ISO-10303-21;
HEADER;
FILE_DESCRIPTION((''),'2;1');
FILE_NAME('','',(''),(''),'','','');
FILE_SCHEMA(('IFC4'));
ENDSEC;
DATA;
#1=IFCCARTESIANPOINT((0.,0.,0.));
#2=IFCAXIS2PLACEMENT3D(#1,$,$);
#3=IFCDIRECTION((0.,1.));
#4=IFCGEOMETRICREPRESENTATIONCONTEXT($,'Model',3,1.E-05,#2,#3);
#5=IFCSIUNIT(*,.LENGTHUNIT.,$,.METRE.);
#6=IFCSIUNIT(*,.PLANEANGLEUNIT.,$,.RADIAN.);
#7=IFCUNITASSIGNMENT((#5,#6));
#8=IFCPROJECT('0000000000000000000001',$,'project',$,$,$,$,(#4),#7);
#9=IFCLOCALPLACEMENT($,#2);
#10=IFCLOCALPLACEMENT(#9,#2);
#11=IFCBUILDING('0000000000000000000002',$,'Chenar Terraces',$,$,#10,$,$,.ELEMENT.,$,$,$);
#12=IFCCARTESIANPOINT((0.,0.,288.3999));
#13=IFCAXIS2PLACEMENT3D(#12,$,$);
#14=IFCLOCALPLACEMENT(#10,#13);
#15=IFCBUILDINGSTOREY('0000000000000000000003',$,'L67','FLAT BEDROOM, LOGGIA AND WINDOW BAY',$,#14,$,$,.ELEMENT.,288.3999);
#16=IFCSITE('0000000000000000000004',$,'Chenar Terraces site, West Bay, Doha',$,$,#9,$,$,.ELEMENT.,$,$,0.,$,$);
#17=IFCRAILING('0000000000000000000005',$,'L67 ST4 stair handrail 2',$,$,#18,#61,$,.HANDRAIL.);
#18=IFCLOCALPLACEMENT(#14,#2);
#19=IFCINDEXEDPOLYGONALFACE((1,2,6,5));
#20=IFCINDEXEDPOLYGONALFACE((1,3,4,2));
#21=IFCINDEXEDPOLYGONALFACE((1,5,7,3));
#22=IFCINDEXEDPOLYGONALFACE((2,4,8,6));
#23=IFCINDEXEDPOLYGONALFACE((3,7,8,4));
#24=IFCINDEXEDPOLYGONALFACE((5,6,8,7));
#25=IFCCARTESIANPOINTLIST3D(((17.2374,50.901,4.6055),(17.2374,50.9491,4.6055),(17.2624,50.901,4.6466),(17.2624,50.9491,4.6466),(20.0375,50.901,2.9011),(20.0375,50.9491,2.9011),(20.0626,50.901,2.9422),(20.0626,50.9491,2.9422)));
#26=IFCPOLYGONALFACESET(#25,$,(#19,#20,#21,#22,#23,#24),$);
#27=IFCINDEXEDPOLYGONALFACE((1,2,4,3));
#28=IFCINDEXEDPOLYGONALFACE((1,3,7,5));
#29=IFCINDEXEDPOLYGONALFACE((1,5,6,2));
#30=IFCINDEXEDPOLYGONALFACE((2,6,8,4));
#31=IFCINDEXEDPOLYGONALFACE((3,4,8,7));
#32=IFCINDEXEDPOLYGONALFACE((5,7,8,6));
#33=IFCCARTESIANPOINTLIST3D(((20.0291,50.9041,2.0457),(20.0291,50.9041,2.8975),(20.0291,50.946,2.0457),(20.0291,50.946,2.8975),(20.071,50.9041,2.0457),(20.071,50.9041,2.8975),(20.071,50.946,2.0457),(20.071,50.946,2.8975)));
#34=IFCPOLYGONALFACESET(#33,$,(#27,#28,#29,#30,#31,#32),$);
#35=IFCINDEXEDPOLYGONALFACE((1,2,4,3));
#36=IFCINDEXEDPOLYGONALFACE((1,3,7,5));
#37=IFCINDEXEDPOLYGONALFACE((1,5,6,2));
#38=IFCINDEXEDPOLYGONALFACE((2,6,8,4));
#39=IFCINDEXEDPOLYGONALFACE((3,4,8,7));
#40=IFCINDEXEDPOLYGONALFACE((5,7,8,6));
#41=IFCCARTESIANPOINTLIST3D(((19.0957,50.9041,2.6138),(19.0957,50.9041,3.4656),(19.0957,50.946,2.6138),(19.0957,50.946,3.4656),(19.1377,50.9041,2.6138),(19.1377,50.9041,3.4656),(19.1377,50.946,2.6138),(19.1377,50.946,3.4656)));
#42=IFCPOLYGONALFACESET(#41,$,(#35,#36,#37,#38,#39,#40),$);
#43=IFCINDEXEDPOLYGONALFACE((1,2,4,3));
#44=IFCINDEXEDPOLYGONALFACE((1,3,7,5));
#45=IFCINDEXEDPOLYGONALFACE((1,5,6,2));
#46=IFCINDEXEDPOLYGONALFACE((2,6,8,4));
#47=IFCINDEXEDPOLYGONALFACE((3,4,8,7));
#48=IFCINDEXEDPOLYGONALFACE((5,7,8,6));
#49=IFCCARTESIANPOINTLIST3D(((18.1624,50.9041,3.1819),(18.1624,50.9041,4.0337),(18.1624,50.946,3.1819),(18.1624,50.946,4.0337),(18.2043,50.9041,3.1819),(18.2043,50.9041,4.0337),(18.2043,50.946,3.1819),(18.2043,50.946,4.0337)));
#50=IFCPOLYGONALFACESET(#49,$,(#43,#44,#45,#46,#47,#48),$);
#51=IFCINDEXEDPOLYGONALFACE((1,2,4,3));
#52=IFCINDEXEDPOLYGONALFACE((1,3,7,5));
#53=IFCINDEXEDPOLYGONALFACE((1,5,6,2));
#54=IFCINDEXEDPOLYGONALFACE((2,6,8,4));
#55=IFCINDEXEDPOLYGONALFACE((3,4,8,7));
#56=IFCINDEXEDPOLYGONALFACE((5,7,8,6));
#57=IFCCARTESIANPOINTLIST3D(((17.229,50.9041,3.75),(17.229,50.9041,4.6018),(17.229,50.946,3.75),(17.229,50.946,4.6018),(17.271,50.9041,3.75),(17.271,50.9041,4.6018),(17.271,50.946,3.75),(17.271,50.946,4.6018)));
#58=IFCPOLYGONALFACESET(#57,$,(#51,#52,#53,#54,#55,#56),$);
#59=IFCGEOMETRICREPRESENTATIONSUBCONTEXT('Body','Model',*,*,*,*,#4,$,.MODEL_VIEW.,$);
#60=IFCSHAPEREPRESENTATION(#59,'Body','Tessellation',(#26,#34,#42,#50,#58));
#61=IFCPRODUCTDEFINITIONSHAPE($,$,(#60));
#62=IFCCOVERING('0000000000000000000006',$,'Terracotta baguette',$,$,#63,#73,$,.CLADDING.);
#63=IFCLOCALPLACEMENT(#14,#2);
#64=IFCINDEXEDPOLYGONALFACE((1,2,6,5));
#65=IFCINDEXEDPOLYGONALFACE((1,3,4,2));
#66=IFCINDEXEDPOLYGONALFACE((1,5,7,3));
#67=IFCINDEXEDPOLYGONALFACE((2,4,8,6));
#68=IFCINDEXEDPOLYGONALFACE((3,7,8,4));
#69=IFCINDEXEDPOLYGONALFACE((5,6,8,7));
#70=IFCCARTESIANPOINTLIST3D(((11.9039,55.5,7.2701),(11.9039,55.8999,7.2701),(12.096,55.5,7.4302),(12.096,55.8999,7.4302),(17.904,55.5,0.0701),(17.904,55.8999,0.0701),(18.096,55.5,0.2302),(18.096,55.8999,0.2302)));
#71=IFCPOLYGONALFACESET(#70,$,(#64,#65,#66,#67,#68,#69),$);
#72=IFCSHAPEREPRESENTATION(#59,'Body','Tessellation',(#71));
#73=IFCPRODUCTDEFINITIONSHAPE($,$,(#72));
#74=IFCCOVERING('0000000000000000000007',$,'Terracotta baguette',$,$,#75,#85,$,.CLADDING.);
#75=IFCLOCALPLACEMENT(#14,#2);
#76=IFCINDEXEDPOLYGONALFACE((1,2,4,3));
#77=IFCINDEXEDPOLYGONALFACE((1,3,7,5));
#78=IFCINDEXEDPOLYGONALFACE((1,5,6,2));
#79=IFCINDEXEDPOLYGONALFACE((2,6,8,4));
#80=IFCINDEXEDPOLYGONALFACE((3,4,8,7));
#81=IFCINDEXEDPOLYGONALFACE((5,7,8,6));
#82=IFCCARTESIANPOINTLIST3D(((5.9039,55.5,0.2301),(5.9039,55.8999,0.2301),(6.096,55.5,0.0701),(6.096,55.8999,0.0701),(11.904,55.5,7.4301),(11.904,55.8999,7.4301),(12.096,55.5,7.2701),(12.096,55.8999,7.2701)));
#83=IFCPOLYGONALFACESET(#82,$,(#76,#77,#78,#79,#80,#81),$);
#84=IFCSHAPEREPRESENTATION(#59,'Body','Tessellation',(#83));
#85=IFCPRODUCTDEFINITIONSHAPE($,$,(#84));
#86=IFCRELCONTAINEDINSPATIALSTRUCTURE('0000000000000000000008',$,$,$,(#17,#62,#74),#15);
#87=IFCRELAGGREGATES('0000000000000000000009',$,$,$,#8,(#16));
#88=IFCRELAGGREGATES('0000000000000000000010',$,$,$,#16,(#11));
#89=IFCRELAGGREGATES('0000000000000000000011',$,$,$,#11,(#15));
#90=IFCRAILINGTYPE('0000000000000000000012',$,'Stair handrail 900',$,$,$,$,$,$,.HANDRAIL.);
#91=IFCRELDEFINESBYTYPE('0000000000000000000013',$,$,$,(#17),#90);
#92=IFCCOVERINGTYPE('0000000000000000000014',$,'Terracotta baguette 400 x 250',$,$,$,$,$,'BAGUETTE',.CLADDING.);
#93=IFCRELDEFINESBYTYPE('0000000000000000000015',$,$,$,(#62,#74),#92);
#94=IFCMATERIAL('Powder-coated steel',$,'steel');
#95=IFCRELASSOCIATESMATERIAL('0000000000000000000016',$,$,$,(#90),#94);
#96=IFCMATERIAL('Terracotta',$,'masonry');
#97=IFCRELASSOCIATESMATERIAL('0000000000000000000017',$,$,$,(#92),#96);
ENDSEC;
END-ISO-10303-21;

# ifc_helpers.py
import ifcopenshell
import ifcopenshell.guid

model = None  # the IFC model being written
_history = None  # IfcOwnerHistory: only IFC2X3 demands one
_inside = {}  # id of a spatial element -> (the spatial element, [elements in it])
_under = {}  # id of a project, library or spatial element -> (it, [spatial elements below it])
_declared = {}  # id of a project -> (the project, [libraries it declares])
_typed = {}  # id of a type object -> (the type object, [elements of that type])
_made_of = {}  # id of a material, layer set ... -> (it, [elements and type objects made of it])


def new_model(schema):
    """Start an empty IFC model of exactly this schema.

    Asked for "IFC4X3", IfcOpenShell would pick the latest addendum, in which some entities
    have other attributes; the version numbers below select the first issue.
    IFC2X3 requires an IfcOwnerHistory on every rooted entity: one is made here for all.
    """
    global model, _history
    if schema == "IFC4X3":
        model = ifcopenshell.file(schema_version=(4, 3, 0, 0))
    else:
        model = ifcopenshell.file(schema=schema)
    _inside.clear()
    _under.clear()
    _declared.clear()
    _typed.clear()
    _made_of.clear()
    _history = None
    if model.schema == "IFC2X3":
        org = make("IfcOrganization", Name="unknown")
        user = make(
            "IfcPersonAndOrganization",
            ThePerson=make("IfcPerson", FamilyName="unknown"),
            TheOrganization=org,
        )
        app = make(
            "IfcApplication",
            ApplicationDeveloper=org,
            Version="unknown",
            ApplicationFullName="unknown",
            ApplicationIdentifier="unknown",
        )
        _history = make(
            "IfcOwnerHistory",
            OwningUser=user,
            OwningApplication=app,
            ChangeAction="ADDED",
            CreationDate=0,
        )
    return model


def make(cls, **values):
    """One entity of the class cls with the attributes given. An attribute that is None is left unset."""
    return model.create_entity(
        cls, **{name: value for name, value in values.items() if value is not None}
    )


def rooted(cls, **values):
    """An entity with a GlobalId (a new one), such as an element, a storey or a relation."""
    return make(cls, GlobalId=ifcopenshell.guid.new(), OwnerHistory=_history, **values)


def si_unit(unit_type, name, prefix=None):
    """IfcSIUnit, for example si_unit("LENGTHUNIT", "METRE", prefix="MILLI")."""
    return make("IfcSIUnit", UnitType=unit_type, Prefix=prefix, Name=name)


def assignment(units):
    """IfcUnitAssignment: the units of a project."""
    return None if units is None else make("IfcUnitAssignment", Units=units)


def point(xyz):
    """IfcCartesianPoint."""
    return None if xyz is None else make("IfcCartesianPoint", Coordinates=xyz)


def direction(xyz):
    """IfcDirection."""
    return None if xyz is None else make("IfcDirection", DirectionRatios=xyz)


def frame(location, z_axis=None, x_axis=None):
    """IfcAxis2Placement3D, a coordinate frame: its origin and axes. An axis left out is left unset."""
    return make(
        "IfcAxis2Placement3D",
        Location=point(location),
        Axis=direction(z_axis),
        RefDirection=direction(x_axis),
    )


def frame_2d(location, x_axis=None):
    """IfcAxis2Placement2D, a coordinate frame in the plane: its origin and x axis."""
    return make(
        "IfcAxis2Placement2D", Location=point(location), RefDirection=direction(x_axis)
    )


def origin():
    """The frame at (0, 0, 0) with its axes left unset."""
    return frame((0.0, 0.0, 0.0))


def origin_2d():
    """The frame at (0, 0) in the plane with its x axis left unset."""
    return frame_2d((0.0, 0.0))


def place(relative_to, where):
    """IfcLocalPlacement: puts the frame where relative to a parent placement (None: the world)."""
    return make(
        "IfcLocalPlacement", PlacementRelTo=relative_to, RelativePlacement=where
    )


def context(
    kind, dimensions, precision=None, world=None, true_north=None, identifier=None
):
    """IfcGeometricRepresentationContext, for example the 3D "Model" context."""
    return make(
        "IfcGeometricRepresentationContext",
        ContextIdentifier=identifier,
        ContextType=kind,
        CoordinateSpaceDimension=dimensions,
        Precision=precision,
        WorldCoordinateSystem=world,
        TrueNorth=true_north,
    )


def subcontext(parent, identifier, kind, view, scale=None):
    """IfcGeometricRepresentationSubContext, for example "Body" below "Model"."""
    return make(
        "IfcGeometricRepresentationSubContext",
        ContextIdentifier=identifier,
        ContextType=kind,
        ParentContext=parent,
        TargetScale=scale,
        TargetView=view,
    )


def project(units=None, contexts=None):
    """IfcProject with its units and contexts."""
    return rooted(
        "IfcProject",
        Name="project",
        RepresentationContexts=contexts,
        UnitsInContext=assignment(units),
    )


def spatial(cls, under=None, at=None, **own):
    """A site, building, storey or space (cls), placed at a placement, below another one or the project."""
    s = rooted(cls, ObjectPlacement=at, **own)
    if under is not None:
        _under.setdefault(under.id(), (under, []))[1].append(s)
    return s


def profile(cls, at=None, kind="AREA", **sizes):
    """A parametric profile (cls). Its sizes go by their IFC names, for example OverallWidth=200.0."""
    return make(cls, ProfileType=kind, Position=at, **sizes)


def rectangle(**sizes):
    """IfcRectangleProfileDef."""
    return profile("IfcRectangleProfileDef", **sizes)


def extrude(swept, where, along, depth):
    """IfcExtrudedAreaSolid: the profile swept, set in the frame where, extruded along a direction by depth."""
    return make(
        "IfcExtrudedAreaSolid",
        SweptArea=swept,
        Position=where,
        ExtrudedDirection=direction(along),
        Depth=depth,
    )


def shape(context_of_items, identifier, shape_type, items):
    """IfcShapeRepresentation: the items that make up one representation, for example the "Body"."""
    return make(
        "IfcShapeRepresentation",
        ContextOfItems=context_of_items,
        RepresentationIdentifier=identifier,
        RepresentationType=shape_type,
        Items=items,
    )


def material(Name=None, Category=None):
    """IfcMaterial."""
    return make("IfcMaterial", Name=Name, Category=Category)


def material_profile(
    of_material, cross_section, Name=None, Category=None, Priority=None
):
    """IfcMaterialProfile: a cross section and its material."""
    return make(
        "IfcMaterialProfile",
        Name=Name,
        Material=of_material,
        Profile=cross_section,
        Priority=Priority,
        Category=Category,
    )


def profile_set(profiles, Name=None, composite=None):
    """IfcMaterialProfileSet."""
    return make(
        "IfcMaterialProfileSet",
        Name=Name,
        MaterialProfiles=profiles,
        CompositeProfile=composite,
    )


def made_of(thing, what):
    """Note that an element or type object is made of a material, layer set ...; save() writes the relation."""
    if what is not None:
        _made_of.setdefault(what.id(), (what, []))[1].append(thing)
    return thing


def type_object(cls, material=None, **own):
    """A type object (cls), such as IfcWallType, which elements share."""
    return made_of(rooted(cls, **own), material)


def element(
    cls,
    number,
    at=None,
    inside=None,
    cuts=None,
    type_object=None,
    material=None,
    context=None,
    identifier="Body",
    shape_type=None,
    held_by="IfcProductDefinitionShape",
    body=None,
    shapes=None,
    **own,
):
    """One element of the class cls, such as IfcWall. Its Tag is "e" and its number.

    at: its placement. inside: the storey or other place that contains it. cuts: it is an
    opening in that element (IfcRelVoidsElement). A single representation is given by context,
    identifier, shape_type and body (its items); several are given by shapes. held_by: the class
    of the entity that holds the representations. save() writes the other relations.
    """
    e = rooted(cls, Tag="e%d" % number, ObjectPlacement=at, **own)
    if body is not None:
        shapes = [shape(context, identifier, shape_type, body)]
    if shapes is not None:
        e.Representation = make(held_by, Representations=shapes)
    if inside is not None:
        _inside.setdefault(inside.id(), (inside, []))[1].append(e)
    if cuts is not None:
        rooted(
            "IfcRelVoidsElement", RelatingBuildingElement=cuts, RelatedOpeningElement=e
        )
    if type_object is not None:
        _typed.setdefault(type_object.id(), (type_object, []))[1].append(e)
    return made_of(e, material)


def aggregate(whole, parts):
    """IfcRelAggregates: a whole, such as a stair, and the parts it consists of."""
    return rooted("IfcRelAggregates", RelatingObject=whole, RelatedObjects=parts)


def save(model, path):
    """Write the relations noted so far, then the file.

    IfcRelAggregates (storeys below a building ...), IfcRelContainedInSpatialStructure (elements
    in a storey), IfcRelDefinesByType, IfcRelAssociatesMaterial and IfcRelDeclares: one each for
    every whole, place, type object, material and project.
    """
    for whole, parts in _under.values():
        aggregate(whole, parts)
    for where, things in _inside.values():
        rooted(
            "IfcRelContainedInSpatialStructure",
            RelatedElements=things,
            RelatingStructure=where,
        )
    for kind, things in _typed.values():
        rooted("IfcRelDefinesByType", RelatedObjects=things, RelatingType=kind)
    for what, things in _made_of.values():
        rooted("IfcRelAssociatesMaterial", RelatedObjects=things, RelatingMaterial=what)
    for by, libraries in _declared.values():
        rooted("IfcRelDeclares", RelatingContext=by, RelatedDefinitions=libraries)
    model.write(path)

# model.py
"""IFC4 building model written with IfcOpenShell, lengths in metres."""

from ifc_helpers import new_model, si_unit, direction, frame, origin, origin_2d, place, context, subcontext, project, spatial, rectangle, extrude, material, material_profile, profile_set, type_object, element, save


model = new_model("IFC4")

# Units and contexts
model_context = context("Model", 3, precision=1e-05, world=origin(), true_north=direction((0.0, 1.0)))
body_context = subcontext(model_context, "Body", "Model", "MODEL_VIEW")
ifc_project = project(units=[si_unit("LENGTHUNIT", "METRE"), si_unit("PLANEANGLEUNIT", "RADIAN")], contexts=[model_context])

# Site, building, storey
site_placement = place(None, origin())
site = spatial("IfcSite", under=ifc_project, at=site_placement, Name="Chenar Terraces site, West Bay, Doha", CompositionType="ELEMENT", RefElevation=0.0)
building_placement = place(site_placement, origin())
building = spatial("IfcBuilding", under=site, at=building_placement, Name="Chenar Terraces", CompositionType="ELEMENT")
storey_placement = place(building_placement, frame((0.0, 0.0, 288.3999)))
storey = spatial("IfcBuildingStorey", under=building, at=storey_placement, Name="L67", Description="FLAT BEDROOM, LOGGIA AND WINDOW BAY", CompositionType="ELEMENT", Elevation=288.3999)

# Railing
ifc_material_1 = material(Name="Powder-coated steel", Category="steel")
railing_type_1 = type_object("IfcRailingType", Name="Stair handrail 900", PredefinedType="HANDRAIL", material=ifc_material_1)
railing_1_placement = place(storey_placement, frame((20.05, 50.925, 2.0457)))
element("IfcRailing", 1, at=railing_1_placement, inside=storey, type_object=railing_type_1, Name="L67 ST4 stair handrail 2", PredefinedType="HANDRAIL", context=body_context, shape_type="SweptSolid", body=[
    extrude(rectangle(XDim=0.0481, YDim=0.0481, at=origin_2d()), frame((0.0, 0.0, 0.876), z_axis=(-0.854203, 0.0, 0.51994), x_axis=(0.0, -1.0, 0.0)), (0.0, 0.0, 1.0), 3.2781),
    extrude(rectangle(XDim=0.042, YDim=0.042, at=origin_2d()), origin(), (0.0, 0.0, 1.0), 0.8518),
    extrude(rectangle(XDim=0.042, YDim=0.042, at=origin_2d()), frame((-0.9333, 0.0, 0.5681)), (0.0, 0.0, 1.0), 0.8518),
    extrude(rectangle(XDim=0.042, YDim=0.042, at=origin_2d()), frame((-1.8667, 0.0, 1.1362)), (0.0, 0.0, 1.0), 0.8518),
    extrude(rectangle(XDim=0.042, YDim=0.042, at=origin_2d()), frame((-2.8, 0.0, 1.7043)), (0.0, 0.0, 1.0), 0.8518),
])

# Coverings
ifc_material_2 = material(Name="Terracotta", Category="masonry")
ifc_material_profile_1 = material_profile(ifc_material_2, rectangle(XDim=0.3999, YDim=0.25, at=origin_2d()), Name="Terracotta baguette 400 x 250")
ifc_profile_set_1 = profile_set([ifc_material_profile_1], Name="Terracotta")
covering_type = type_object("IfcCoveringType", Name="Terracotta baguette 400 x 250", ElementType="BAGUETTE", PredefinedType="CLADDING", material=ifc_profile_set_1)
for number, where, z_axis, x_axis, name in (
    (2, (18.0, 55.7, 0.1501), (-0.640187, 0.0, 0.768219), (0.0, -1.0, 0.0), "Terracotta baguette"),
    (3, (12.0, 55.7, 7.3501), (-0.640187, 0.0, -0.768219), (0.0, -1.0, 0.0), "Terracotta baguette"),
):
    element("IfcCovering", number, at=place(storey_placement, frame(where, z_axis=z_axis, x_axis=x_axis)), inside=storey, type_object=covering_type, Name=name, PredefinedType="CLADDING", context=body_context, shape_type="SweptSolid", body=[
        extrude(rectangle(XDim=0.3999, YDim=0.25, at=origin_2d()), origin(), (0.0, 0.0, 1.0), 9.3723),
    ])

save(model, "model.ifc")
